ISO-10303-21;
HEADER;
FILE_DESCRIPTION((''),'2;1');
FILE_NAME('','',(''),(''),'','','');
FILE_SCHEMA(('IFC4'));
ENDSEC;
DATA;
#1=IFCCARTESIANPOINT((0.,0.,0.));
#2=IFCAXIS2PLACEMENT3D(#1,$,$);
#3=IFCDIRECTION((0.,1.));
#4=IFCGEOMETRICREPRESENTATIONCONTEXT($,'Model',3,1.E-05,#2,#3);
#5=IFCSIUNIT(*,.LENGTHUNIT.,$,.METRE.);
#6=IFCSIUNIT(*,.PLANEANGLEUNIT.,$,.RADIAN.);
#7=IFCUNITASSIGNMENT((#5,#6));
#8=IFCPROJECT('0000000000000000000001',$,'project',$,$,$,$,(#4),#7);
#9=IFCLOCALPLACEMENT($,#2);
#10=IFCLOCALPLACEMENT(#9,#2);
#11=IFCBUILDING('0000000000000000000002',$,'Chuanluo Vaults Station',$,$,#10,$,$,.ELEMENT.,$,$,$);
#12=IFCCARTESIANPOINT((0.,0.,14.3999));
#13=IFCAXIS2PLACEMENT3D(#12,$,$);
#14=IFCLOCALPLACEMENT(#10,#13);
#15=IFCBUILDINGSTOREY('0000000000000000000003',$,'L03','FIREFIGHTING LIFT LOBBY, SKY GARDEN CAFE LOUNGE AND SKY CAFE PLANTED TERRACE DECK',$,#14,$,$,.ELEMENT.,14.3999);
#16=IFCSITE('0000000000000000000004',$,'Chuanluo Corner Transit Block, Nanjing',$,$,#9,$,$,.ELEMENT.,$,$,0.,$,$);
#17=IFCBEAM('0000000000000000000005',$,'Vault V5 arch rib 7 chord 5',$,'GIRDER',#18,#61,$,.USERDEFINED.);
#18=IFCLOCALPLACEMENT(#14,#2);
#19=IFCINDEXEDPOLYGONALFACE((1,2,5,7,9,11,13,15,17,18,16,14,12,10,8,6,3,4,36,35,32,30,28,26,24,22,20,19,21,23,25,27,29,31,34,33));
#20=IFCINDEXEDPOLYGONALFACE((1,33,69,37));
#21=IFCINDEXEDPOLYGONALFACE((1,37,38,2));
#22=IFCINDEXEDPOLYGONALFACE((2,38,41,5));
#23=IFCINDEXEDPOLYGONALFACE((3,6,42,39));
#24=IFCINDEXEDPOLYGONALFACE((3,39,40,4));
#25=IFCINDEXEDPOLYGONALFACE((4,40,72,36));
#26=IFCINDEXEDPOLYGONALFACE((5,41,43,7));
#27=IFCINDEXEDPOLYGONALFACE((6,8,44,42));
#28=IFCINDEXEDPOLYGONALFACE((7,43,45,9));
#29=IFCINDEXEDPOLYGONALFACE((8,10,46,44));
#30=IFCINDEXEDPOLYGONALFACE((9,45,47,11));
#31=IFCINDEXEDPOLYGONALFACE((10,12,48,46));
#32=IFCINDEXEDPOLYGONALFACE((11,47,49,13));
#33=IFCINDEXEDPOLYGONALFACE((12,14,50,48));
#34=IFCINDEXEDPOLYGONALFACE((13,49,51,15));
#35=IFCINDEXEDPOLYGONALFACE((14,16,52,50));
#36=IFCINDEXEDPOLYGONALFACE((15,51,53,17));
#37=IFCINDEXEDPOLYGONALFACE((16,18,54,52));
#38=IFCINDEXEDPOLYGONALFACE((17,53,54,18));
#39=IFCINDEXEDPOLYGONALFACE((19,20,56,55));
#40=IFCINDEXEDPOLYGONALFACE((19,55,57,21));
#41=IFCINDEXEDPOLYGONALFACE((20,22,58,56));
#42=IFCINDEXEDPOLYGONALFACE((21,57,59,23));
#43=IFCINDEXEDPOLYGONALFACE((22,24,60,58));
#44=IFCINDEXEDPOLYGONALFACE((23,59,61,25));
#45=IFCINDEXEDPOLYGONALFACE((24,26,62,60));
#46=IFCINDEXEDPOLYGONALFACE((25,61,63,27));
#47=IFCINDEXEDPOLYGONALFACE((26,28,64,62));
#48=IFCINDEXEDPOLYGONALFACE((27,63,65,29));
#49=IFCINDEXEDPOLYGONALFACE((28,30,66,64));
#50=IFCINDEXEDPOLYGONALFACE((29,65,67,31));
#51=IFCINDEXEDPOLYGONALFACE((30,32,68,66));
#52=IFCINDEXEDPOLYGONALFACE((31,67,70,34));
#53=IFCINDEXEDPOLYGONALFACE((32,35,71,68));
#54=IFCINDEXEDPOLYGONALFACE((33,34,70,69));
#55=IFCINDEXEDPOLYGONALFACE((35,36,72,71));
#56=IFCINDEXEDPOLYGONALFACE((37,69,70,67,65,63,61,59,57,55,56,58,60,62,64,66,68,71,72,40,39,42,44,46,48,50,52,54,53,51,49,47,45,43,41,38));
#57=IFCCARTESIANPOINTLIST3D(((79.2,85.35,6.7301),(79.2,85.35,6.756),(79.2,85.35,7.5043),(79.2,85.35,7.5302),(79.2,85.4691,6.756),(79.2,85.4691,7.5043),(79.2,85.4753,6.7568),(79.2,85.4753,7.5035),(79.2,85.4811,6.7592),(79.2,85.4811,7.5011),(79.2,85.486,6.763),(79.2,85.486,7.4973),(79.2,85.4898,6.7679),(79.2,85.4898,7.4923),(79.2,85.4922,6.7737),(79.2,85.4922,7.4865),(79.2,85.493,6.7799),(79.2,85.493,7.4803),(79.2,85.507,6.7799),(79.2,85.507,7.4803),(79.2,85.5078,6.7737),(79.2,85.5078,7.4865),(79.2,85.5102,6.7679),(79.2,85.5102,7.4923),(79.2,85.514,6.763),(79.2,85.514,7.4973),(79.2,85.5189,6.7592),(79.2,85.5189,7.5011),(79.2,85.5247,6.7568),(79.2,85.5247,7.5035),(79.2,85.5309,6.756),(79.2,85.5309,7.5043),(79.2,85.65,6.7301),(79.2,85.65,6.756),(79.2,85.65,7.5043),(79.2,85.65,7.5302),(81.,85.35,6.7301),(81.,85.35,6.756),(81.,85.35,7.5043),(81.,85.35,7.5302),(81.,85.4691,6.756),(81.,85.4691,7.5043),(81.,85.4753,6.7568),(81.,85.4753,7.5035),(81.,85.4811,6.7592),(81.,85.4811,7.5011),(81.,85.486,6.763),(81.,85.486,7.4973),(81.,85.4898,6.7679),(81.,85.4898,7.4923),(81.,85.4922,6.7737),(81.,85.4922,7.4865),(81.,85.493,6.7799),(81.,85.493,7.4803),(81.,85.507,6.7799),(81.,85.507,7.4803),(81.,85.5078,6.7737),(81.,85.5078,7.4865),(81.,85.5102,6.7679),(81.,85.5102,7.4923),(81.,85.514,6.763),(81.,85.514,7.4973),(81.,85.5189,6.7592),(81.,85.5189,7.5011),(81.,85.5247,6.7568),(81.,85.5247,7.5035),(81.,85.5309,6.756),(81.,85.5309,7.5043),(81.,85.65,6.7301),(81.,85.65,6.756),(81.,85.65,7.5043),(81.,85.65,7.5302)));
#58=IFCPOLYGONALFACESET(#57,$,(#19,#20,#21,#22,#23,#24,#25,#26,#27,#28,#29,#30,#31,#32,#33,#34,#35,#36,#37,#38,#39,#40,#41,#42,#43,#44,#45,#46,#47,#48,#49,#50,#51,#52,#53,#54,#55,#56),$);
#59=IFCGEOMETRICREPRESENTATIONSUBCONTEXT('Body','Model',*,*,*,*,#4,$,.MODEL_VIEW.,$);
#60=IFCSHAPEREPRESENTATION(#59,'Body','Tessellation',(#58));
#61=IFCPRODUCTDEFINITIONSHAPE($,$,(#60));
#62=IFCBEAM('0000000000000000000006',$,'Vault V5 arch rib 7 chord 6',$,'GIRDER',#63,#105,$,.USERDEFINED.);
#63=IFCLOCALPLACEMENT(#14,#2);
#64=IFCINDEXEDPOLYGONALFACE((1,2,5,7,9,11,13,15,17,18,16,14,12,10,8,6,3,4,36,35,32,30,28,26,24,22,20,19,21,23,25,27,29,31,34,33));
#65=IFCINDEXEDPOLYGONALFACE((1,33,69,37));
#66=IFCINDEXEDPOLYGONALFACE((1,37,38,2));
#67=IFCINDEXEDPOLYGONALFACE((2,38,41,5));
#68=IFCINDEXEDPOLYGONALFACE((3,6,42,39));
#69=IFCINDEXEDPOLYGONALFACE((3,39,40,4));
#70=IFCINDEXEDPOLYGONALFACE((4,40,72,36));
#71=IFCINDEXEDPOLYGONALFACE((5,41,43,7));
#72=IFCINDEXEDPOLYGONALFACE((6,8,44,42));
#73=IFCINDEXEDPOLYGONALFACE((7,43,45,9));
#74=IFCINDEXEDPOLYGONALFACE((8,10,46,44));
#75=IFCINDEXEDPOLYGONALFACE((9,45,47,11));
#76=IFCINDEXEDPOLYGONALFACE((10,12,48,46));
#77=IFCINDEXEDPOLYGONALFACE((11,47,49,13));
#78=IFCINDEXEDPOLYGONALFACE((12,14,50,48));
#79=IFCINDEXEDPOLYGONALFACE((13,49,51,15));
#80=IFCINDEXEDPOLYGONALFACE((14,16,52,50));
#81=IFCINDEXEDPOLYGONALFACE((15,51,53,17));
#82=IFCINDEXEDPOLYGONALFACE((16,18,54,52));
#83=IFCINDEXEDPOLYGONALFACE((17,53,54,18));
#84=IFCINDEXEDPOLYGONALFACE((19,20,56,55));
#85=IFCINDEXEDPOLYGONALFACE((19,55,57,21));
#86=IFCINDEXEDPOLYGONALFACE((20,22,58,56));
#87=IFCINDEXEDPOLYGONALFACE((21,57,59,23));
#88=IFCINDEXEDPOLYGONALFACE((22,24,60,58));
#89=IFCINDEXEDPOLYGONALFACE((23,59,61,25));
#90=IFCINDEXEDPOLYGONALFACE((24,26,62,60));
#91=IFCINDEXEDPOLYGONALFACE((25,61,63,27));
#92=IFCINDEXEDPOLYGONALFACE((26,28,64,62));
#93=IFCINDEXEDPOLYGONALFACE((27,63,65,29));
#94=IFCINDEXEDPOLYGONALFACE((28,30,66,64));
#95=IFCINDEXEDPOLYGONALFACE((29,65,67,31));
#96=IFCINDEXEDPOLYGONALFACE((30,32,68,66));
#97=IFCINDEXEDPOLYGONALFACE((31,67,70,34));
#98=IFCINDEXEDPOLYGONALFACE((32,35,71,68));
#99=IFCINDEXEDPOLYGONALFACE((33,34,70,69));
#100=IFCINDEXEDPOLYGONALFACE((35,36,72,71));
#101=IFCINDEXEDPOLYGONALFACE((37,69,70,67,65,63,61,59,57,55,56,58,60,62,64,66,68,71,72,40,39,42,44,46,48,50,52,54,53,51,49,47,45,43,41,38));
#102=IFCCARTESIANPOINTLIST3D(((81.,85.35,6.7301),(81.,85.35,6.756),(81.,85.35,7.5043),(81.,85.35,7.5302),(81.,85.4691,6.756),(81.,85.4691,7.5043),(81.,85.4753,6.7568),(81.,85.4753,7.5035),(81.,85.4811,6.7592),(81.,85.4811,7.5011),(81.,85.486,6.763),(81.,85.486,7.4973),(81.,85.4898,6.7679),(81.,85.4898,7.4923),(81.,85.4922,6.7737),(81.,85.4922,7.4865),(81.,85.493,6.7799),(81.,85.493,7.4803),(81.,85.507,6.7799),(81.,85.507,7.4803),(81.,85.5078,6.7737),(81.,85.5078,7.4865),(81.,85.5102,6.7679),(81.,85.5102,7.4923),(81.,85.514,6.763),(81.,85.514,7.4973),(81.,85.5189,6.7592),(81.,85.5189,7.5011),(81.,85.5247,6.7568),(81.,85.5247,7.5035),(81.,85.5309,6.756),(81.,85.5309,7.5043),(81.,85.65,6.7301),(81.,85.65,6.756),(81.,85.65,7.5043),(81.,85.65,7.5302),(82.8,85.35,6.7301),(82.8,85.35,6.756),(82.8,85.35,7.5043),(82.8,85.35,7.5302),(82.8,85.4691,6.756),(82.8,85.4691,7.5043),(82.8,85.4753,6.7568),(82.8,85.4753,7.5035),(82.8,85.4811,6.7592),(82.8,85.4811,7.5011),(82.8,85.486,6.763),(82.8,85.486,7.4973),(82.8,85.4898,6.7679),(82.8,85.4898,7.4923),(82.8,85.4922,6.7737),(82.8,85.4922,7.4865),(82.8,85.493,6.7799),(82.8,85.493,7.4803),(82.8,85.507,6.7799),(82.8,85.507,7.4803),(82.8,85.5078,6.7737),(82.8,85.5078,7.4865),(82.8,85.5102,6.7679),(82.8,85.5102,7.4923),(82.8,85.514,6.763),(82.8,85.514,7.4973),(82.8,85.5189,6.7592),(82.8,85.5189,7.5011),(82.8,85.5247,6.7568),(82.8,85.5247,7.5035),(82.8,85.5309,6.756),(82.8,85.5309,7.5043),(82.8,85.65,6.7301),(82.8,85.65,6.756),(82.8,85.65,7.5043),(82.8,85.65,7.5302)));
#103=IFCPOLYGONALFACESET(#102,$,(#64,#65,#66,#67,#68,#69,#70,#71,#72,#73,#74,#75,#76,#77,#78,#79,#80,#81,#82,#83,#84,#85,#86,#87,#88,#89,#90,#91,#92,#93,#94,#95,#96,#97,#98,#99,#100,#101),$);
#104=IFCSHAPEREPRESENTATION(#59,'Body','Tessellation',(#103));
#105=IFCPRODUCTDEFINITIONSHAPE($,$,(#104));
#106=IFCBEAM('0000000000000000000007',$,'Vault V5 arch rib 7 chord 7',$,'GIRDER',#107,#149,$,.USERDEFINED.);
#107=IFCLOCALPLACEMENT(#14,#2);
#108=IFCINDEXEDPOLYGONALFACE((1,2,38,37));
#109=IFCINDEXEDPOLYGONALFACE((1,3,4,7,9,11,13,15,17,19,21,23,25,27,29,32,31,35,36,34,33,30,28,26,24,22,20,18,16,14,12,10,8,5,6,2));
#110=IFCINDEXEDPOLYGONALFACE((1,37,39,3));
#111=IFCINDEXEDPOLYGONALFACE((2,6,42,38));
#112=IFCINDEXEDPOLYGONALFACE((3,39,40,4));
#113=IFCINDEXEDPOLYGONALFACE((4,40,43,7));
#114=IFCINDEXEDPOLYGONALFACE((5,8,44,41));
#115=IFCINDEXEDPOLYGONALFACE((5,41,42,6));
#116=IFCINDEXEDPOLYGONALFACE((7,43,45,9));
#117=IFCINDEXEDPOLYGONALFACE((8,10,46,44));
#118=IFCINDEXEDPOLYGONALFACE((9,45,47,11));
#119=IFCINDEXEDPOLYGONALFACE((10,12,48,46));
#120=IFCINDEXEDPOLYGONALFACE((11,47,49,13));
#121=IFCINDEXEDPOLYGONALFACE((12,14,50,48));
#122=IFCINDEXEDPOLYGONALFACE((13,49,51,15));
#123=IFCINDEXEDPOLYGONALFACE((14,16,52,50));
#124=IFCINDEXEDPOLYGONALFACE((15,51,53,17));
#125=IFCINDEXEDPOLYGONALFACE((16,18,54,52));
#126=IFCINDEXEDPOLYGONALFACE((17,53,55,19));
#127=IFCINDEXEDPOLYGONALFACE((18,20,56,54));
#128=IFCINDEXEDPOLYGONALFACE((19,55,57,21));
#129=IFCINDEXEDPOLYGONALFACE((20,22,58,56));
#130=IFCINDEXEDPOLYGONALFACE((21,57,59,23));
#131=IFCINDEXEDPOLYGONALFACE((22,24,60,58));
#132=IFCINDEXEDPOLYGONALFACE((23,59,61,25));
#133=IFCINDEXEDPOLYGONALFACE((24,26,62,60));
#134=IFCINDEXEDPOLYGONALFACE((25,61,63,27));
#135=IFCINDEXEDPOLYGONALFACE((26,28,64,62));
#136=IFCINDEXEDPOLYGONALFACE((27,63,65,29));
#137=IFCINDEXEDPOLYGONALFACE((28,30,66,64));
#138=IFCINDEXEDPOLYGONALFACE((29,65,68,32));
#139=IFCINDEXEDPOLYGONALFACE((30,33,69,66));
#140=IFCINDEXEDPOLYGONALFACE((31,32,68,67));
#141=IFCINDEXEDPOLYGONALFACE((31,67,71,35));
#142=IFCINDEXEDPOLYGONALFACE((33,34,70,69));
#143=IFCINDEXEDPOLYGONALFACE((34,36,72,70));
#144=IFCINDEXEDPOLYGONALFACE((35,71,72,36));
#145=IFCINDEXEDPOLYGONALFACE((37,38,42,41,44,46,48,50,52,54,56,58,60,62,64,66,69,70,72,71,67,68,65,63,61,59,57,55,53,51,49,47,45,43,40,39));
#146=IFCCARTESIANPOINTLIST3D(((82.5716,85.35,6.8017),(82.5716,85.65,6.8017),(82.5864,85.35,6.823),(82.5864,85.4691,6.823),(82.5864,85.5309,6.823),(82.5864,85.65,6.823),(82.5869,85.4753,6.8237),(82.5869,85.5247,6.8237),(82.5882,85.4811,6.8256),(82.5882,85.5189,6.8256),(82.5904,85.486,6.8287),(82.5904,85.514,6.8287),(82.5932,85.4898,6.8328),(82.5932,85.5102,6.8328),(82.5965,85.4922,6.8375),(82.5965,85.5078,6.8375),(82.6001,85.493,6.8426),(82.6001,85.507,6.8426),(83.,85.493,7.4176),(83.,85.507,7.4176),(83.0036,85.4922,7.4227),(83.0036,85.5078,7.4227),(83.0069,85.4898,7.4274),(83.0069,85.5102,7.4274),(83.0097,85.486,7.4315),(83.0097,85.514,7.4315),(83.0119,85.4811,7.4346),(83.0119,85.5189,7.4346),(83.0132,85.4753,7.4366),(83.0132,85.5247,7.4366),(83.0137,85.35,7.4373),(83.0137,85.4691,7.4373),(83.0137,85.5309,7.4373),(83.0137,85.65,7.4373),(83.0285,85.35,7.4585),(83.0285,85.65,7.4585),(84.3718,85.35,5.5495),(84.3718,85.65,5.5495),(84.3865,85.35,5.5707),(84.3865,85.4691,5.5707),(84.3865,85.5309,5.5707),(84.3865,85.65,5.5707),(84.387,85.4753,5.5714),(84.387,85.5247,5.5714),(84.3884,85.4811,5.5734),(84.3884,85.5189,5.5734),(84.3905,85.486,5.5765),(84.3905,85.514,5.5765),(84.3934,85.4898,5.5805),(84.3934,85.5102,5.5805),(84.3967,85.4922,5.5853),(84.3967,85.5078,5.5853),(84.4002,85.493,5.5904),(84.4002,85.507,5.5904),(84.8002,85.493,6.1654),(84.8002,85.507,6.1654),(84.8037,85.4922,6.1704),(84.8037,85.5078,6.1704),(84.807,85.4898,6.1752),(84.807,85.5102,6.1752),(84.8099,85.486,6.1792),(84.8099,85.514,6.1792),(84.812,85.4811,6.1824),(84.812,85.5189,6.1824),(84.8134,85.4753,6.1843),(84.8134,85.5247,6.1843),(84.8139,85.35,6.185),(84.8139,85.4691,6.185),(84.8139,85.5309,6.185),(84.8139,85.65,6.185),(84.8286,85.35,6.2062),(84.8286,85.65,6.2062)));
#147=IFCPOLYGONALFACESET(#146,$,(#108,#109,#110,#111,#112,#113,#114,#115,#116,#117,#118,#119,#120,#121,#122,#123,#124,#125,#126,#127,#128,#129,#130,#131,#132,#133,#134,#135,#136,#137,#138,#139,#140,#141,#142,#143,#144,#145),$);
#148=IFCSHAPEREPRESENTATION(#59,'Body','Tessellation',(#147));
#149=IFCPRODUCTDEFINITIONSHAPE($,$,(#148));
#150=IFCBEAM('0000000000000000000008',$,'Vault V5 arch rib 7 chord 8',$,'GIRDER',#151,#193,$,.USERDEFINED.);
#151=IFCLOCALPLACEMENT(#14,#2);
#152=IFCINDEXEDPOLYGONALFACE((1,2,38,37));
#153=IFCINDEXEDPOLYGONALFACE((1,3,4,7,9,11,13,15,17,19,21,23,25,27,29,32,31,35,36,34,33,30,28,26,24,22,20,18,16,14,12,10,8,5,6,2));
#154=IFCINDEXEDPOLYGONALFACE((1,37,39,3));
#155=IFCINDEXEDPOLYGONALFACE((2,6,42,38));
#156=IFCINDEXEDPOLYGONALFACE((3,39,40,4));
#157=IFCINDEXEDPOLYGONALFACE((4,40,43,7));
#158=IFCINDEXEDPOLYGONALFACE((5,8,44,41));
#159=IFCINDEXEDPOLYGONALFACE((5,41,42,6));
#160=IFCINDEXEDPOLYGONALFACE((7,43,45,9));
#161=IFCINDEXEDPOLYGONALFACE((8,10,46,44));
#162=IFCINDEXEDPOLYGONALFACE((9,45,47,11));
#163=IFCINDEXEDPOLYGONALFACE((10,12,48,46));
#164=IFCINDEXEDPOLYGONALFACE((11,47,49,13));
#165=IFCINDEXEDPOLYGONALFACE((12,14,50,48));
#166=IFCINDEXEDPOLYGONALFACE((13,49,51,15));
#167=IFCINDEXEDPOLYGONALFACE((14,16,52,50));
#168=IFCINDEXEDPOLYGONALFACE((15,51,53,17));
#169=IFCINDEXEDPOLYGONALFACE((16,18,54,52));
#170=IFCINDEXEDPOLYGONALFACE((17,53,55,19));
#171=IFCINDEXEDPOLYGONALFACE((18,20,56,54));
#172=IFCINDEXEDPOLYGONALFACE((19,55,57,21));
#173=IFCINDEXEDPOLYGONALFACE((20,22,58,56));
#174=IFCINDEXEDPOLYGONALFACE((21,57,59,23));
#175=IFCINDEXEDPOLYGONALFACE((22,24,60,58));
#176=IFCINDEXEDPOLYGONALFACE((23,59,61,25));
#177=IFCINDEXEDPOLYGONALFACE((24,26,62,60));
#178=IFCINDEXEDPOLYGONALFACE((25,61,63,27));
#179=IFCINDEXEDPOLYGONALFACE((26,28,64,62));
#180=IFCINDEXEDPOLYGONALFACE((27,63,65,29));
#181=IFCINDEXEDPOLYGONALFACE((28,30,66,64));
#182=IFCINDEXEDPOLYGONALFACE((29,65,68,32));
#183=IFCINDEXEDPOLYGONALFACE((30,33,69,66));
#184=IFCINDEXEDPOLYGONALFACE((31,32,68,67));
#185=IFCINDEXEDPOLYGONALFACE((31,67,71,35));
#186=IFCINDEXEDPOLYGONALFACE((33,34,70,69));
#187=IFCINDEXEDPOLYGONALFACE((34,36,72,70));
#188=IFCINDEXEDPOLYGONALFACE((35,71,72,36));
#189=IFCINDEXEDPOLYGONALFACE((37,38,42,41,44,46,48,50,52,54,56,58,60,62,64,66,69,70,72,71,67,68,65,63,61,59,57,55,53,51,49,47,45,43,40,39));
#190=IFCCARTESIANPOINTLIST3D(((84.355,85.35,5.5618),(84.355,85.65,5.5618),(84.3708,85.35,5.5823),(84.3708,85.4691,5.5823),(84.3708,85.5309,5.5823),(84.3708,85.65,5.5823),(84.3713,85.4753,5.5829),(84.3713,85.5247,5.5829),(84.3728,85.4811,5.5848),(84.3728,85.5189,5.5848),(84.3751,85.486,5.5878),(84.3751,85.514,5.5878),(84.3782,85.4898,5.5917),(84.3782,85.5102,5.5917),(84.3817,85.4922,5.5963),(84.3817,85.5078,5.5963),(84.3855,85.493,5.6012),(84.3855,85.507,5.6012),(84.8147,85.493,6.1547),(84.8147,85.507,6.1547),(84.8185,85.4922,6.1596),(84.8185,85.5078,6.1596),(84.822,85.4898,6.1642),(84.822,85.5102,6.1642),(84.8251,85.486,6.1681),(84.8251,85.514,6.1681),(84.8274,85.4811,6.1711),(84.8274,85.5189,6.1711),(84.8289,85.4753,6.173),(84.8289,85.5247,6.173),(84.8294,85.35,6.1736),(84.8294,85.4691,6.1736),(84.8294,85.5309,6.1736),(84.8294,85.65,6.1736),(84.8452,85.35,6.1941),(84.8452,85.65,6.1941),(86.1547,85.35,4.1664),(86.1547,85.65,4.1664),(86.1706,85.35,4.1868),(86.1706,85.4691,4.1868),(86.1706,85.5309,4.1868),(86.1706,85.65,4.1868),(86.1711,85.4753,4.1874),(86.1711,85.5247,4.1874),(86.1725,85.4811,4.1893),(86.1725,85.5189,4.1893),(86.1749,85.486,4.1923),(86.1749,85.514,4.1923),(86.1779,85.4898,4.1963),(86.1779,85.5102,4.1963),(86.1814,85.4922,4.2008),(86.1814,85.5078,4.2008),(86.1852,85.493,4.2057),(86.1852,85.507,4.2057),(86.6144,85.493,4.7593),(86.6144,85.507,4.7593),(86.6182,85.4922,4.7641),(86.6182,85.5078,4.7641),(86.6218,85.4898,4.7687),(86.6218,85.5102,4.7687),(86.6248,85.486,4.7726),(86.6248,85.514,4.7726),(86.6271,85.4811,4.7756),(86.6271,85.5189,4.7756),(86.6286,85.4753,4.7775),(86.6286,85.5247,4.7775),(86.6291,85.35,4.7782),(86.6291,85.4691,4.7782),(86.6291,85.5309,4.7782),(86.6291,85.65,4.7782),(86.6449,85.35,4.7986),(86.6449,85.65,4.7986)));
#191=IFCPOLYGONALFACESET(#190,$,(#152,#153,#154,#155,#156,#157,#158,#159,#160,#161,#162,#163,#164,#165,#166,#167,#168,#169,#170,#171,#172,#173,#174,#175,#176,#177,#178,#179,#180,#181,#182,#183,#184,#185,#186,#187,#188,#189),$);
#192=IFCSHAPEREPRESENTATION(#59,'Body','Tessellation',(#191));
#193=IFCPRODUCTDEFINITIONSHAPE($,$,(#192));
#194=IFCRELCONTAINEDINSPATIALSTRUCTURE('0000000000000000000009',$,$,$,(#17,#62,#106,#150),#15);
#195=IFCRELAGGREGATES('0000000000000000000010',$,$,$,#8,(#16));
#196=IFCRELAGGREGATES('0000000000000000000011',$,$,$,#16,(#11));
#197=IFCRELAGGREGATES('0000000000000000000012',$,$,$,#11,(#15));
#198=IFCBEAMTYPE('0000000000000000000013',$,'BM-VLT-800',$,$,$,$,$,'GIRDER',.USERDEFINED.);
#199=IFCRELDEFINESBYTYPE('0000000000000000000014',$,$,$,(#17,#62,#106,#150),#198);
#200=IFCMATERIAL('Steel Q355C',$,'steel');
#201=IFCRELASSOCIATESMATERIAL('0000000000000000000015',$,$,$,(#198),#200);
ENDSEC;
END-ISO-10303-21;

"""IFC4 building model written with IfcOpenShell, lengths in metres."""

from ifc_helpers import new_model, si_unit, direction, frame, origin, origin_2d, place, context, subcontext, project, spatial, i_section, extrude, material, material_profile, profile_set, type_object, element, save


model = new_model("IFC4")

# Units and contexts
model_context = context("Model", 3, precision=1e-05, world=origin(), true_north=direction((0.0, 1.0)))
body_context = subcontext(model_context, "Body", "Model", "MODEL_VIEW")
ifc_project = project(units=[si_unit("LENGTHUNIT", "METRE"), si_unit("PLANEANGLEUNIT", "RADIAN")], contexts=[model_context])

# Site, building, storey
site_placement = place(None, origin())
site = spatial("IfcSite", under=ifc_project, at=site_placement, Name="Chuanluo Corner Transit Block, Nanjing", CompositionType="ELEMENT", RefElevation=0.0)
building_placement = place(site_placement, origin())
building = spatial("IfcBuilding", under=site, at=building_placement, Name="Chuanluo Vaults Station", CompositionType="ELEMENT")
storey_placement = place(building_placement, frame((0.0, 0.0, 14.3999)))
storey = spatial("IfcBuildingStorey", under=building, at=storey_placement, Name="L03", Description="FIREFIGHTING LIFT LOBBY, SKY GARDEN CAFE LOUNGE AND SKY CAFE PLANTED TERRACE DECK", CompositionType="ELEMENT", Elevation=14.3999)

# Beams
ifc_material_1 = material(Name="Steel Q355C", Category="steel")
ifc_material_profile_1 = material_profile(ifc_material_1, i_section(OverallWidth=0.3, OverallDepth=0.8, WebThickness=0.0139, FlangeThickness=0.0259, FilletRadius=0.0239, at=origin_2d()))
ifc_profile_set_1 = profile_set([ifc_material_profile_1], Name="Steel Q355C")
beam_type = type_object("IfcBeamType", Name="BM-VLT-800", ElementType="GIRDER", PredefinedType="USERDEFINED", material=ifc_profile_set_1)
for number, where, z_axis, x_axis, name in (
    (1, (79.2, 85.5, 7.1301), (1.0, 0.0, 0.0), (0.0, 1.0, 0.0), "Vault V5 arch rib 7 chord 5"),
    (2, (81.0, 85.5, 7.1301), (1.0, 0.0, 0.0), (0.0, 1.0, 0.0), "Vault V5 arch rib 7 chord 6"),
):
    element("IfcBeam", number, at=place(storey_placement, frame(where, z_axis=z_axis, x_axis=x_axis)), inside=storey, type_object=beam_type, Name=name, ObjectType="GIRDER", PredefinedType="USERDEFINED", context=body_context, shape_type="SweptSolid", body=[
        extrude(i_section(OverallWidth=0.3, OverallDepth=0.8, WebThickness=0.0139, FlangeThickness=0.0259, FilletRadius=0.0239, at=origin_2d()), origin(), (0.0, 0.0, 1.0), 1.8),
    ])
beam_1_placement = place(storey_placement, frame((82.8, 85.5, 7.1301), z_axis=(0.820907, 0.0, -0.571061), x_axis=(0.0, 1.0, 0.0)))
element("IfcBeam", 3, at=beam_1_placement, inside=storey, type_object=beam_type, Name="Vault V5 arch rib 7 chord 7", ObjectType="GIRDER", PredefinedType="USERDEFINED", context=body_context, shape_type="SweptSolid", body=[
    extrude(i_section(OverallWidth=0.3, OverallDepth=0.8, WebThickness=0.0139, FlangeThickness=0.0259, FilletRadius=0.0239, at=origin_2d()), origin(), (0.0, 0.0, 1.0), 2.1929),
])
beam_2_placement = place(storey_placement, frame((84.6001, 85.5, 5.8779), z_axis=(0.790275, 0.0, -0.612752), x_axis=(0.0, 1.0, 0.0)))
element("IfcBeam", 4, at=beam_2_placement, inside=storey, type_object=beam_type, Name="Vault V5 arch rib 7 chord 8", ObjectType="GIRDER", PredefinedType="USERDEFINED", context=body_context, shape_type="SweptSolid", body=[
    extrude(i_section(OverallWidth=0.3, OverallDepth=0.8, WebThickness=0.0139, FlangeThickness=0.0259, FilletRadius=0.0239, at=origin_2d()), origin(), (0.0, 0.0, 1.0), 2.2773),
])

save(model, "model.ifc")
